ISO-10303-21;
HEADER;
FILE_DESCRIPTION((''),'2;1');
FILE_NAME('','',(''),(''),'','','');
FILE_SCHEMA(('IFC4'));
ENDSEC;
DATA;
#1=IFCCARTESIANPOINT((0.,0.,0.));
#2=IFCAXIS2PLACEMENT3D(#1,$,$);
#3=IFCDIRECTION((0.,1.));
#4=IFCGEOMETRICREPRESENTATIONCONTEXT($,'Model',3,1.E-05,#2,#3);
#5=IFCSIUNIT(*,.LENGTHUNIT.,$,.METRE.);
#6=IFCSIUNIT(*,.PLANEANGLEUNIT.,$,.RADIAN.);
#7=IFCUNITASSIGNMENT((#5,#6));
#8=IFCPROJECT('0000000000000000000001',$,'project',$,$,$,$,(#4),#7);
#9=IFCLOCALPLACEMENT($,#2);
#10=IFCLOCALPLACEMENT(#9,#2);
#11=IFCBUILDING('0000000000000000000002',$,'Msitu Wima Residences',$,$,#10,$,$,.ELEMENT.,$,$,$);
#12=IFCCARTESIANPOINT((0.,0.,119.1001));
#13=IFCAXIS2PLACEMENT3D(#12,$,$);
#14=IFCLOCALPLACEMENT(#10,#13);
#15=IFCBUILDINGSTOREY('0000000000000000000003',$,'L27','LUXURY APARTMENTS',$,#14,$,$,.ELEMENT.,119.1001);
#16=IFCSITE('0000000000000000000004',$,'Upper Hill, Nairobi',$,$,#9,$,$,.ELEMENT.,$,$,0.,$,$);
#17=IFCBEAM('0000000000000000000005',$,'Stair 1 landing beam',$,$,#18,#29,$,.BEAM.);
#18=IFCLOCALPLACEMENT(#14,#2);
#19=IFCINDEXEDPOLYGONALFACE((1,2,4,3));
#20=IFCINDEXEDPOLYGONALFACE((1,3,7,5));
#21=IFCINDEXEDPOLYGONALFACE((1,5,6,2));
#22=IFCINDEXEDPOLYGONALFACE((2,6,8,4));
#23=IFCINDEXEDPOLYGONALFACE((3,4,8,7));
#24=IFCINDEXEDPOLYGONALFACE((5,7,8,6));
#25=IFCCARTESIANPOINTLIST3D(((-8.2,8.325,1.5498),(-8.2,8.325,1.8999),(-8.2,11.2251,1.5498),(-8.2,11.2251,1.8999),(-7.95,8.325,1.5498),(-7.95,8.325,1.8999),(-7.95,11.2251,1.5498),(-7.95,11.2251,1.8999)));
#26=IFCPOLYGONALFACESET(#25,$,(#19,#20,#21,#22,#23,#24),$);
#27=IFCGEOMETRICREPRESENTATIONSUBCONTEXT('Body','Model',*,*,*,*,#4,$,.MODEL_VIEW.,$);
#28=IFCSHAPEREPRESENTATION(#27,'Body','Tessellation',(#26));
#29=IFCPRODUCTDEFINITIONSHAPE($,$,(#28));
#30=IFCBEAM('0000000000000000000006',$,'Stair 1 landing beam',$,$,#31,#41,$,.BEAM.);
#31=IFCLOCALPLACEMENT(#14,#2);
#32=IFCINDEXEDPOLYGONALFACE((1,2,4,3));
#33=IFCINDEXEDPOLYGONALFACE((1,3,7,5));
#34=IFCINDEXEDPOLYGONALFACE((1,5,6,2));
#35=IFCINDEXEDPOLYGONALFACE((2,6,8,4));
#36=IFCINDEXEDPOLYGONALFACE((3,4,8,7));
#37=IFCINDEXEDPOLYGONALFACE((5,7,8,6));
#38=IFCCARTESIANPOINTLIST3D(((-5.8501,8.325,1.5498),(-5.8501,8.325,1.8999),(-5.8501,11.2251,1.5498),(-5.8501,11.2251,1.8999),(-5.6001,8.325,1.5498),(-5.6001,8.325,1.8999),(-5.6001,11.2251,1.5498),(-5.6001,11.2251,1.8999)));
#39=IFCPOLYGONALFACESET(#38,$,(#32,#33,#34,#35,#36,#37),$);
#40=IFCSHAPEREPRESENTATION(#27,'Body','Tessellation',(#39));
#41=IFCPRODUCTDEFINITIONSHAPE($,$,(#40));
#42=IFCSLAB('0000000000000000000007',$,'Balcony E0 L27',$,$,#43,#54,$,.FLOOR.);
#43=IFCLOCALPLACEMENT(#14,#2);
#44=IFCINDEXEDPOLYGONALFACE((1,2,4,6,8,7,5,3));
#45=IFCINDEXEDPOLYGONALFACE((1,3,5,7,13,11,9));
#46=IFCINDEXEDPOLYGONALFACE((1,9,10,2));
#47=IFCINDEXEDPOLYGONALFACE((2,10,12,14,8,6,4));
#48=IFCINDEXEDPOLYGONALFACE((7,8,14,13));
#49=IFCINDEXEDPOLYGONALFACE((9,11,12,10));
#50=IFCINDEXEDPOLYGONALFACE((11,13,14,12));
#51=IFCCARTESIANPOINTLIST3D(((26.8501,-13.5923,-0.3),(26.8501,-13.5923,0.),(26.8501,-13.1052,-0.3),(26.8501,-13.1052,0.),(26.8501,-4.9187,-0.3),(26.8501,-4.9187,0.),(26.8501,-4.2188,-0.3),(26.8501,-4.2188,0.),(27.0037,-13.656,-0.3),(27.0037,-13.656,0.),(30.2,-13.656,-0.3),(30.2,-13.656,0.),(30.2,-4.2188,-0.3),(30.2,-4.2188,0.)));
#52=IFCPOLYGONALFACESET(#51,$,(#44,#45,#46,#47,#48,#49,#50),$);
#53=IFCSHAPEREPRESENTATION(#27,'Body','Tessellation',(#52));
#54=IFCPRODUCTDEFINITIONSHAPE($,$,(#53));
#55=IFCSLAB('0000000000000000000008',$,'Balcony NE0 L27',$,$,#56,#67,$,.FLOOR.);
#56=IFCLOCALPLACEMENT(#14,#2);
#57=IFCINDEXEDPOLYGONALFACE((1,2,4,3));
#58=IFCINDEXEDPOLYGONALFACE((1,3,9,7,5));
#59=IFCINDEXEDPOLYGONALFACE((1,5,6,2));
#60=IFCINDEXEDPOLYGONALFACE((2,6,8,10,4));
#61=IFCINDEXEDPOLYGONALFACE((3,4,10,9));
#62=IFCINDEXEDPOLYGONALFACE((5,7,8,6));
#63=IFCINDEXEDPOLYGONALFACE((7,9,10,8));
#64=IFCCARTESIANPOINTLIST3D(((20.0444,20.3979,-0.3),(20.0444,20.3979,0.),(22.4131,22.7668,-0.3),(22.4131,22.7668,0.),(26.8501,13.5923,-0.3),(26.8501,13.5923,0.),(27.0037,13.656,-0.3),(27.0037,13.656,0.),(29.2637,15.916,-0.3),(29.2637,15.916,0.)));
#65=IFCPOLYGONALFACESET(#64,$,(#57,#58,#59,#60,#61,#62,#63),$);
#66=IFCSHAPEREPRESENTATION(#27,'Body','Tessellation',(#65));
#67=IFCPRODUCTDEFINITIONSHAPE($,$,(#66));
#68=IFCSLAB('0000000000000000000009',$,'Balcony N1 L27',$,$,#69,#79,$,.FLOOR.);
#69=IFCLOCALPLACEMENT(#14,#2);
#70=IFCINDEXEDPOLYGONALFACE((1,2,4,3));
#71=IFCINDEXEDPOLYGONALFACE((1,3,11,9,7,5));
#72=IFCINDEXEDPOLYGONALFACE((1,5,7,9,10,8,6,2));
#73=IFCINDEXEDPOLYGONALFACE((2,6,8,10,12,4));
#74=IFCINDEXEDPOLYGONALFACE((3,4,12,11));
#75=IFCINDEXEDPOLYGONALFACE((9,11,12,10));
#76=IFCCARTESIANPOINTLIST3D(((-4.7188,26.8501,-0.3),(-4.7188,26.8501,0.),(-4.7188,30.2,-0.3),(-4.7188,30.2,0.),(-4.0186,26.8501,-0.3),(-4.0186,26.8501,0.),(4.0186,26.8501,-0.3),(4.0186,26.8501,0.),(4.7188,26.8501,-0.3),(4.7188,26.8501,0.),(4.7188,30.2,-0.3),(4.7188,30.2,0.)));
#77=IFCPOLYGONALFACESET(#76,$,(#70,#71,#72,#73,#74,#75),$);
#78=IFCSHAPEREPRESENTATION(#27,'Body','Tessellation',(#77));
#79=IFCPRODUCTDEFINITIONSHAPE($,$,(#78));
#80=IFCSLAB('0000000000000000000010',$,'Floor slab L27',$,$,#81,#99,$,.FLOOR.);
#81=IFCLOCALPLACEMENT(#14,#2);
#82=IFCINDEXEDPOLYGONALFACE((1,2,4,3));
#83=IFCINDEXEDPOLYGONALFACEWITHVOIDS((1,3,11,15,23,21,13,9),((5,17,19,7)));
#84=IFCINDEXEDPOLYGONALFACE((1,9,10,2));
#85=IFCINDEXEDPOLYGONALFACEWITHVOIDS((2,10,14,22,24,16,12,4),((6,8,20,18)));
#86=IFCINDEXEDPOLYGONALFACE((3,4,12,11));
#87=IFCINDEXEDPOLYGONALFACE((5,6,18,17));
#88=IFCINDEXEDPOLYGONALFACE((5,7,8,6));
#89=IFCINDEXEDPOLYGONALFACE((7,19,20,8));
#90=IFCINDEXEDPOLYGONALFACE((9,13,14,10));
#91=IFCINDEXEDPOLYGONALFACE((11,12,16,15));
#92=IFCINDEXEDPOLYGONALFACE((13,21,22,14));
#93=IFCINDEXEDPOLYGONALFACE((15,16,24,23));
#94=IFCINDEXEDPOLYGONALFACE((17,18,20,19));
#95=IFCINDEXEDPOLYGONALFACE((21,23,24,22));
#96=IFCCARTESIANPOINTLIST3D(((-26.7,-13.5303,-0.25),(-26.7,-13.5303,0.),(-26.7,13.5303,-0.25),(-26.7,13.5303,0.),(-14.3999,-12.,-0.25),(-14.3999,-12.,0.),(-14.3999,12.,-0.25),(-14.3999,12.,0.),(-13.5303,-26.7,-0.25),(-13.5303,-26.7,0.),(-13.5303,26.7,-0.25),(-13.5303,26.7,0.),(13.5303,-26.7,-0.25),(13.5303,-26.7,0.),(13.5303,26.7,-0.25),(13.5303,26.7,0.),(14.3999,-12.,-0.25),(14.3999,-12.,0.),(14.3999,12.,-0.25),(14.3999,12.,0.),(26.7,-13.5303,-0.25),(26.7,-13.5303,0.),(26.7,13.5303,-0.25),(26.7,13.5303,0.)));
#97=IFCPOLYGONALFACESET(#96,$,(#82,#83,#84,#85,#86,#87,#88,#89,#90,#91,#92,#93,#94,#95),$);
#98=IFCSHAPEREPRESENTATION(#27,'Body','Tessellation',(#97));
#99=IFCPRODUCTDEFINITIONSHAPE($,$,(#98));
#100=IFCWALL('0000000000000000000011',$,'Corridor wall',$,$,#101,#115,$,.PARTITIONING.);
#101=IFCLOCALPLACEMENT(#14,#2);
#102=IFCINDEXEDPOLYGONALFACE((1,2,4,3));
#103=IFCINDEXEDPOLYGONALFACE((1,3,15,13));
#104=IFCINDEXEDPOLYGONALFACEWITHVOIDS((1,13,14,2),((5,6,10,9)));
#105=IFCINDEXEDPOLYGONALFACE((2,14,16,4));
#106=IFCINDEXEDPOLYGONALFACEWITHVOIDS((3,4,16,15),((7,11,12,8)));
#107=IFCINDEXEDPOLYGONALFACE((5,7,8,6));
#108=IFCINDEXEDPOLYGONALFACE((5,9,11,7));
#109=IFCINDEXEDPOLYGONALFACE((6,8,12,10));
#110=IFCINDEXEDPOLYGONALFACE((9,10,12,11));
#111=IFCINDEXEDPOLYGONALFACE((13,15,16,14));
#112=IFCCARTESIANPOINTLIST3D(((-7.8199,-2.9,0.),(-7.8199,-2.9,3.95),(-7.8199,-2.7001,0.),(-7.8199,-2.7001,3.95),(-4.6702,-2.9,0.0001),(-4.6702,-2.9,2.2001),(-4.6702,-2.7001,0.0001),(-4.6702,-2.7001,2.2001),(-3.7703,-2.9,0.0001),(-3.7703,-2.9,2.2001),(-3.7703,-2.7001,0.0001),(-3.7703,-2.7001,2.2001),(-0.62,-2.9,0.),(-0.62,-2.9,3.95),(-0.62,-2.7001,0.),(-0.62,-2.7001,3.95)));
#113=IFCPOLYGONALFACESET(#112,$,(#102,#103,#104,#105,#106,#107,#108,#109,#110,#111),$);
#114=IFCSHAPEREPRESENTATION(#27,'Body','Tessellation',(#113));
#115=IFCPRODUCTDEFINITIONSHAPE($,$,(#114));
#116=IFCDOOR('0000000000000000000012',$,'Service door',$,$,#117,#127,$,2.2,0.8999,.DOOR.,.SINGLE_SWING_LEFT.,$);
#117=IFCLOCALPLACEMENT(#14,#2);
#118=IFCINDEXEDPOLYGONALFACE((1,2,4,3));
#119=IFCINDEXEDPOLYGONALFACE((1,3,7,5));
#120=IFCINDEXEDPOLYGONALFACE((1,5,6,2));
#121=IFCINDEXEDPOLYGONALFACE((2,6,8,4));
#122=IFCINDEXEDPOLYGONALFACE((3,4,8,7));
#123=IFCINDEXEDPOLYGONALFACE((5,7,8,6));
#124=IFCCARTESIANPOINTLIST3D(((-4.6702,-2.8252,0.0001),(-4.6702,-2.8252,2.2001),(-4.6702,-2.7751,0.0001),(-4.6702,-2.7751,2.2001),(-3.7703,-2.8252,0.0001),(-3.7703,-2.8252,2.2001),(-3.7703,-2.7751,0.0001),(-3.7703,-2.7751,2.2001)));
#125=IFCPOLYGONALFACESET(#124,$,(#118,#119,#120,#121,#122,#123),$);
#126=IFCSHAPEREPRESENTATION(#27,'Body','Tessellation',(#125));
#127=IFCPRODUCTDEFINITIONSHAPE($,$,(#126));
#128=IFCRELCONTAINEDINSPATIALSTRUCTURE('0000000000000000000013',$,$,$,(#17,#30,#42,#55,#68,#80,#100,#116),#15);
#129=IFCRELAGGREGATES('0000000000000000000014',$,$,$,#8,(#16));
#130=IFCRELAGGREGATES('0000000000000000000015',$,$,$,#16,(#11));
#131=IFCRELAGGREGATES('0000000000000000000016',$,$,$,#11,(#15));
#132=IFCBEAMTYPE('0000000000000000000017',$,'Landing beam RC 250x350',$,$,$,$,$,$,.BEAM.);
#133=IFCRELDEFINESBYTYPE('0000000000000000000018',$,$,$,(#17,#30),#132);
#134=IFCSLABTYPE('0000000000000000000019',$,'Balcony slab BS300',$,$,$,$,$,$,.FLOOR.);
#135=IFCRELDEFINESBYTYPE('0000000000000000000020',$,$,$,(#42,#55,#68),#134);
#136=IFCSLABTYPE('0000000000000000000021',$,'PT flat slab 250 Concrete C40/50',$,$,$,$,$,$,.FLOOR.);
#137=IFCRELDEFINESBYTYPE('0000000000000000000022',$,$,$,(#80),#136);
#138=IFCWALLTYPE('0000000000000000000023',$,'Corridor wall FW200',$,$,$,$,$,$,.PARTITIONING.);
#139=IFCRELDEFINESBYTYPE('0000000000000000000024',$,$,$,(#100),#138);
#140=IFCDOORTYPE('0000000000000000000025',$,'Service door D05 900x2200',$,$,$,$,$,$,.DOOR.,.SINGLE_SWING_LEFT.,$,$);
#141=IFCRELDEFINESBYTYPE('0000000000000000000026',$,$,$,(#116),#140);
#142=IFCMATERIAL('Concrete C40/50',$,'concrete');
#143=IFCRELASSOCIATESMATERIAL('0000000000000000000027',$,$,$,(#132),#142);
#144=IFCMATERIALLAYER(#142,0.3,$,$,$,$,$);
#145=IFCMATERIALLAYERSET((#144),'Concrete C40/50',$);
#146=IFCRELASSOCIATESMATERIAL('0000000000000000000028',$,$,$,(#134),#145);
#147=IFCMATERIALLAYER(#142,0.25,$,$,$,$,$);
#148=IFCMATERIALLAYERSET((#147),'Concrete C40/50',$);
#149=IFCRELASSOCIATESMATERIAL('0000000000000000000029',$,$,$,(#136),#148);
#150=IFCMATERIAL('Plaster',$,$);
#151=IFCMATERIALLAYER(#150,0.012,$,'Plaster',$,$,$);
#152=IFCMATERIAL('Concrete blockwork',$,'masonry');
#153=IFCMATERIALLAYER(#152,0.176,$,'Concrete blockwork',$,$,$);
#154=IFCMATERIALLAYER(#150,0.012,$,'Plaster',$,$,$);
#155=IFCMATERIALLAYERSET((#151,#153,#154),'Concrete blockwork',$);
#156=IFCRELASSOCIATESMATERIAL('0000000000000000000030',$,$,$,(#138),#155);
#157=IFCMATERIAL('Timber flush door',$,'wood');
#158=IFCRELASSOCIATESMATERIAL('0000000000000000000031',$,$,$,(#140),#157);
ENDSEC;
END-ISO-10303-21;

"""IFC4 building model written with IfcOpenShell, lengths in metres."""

from ifc_helpers import new_model, si_unit, direction, frame, frame_2d, origin, origin_2d, place, context, subcontext, project, spatial, polyline, rectangle, outline, extrude, material, layer, layer_set, material_profile, profile_set, type_object, element, fill, save


model = new_model("IFC4")

# Units and contexts
model_context = context("Model", 3, precision=1e-05, world=origin(), true_north=direction((0.0, 1.0)))
body_context = subcontext(model_context, "Body", "Model", "MODEL_VIEW")
ifc_project = project(units=[si_unit("LENGTHUNIT", "METRE"), si_unit("PLANEANGLEUNIT", "RADIAN")], contexts=[model_context])

# Site, building, storey
site_placement = place(None, origin())
site = spatial("IfcSite", under=ifc_project, at=site_placement, Name="Upper Hill, Nairobi", CompositionType="ELEMENT", RefElevation=0.0)
building_placement = place(site_placement, origin())
building = spatial("IfcBuilding", under=site, at=building_placement, Name="Msitu Wima Residences", CompositionType="ELEMENT")
storey_placement = place(building_placement, frame((0.0, 0.0, 119.1001)))
storey = spatial("IfcBuildingStorey", under=building, at=storey_placement, Name="L27", Description="LUXURY APARTMENTS", CompositionType="ELEMENT", Elevation=119.1001)

# Beams
ifc_material_1 = material(Name="Concrete C40/50", Category="concrete")
ifc_material_profile = material_profile(ifc_material_1, rectangle(XDim=0.25, YDim=0.3501, at=origin_2d()), Name="RC 250x350")
ifc_profile_set = profile_set([ifc_material_profile], Name="Concrete C40/50")
beam_type = type_object("IfcBeamType", Name="Landing beam RC 250x350", PredefinedType="BEAM", material=ifc_profile_set)
for number, where, z_axis, x_axis, name in (
    (1, (-8.075, 8.325, 1.7249), (0.0, 1.0, 0.0), (-1.0, 0.0, 0.0), "Stair 1 landing beam"),
    (2, (-5.7251, 8.325, 1.7249), (0.0, 1.0, 0.0), (-1.0, 0.0, 0.0), "Stair 1 landing beam"),
):
    element("IfcBeam", number, at=place(storey_placement, frame(where, z_axis=z_axis, x_axis=x_axis)), inside=storey, type_object=beam_type, Name=name, PredefinedType="BEAM", context=body_context, shape_type="SweptSolid", body=[
        extrude(rectangle(XDim=0.25, YDim=0.3501, at=origin_2d()), origin(), (0.0, 0.0, 1.0), 2.9001),
    ])

# Slabs
ifc_layer_1 = layer(ifc_material_1, 0.3)
ifc_layer_set_1 = layer_set([ifc_layer_1], Name="Concrete C40/50")
slab_type_1 = type_object("IfcSlabType", Name="Balcony slab BS300", PredefinedType="FLOOR", material=ifc_layer_set_1)
slab_1_placement = place(storey_placement, frame((0.0, 0.0, -0.3)))
element("IfcSlab", 3, at=slab_1_placement, inside=storey, type_object=slab_type_1, Name="Balcony E0 L27", PredefinedType="FLOOR", context=body_context, shape_type="SweptSolid", body=[
    extrude(outline(polyline([(26.8501, -13.1052), (26.8501, -13.1052), (26.8501, -4.9187), (26.8501, -4.9187), (26.8501, -4.2188), (30.2, -4.2188), (30.2, -13.656), (27.0037, -13.656), (26.8501, -13.5923), (26.8501, -13.1052), (26.8501, -13.1052)])), origin(), (0.0, 0.0, 1.0), 0.3),
])
slab_2_placement = place(storey_placement, frame((0.0, 0.0, -0.3)))
element("IfcSlab", 4, at=slab_2_placement, inside=storey, type_object=slab_type_1, Name="Balcony NE0 L27", PredefinedType="FLOOR", context=body_context, shape_type="SweptSolid", body=[
    extrude(outline(polyline([(22.4131, 22.7668), (29.2637, 15.916), (27.0037, 13.656), (26.8501, 13.5923), (20.0444, 20.3979), (22.4131, 22.7668)])), origin(), (0.0, 0.0, 1.0), 0.3),
])
slab_3_placement = place(storey_placement, frame((0.0, 0.0, -0.3)))
element("IfcSlab", 5, at=slab_3_placement, inside=storey, type_object=slab_type_1, Name="Balcony N1 L27", PredefinedType="FLOOR", context=body_context, shape_type="SweptSolid", body=[
    extrude(outline(polyline([(-4.0186, 26.8501), (-4.0186, 26.8501), (-4.7188, 26.8501), (-4.7188, 30.2), (4.7188, 30.2), (4.7188, 26.8501), (4.0186, 26.8501), (4.0186, 26.8501), (-4.0186, 26.8501)])), origin(), (0.0, 0.0, 1.0), 0.3),
])
ifc_layer_2 = layer(ifc_material_1, 0.25)
ifc_layer_set_2 = layer_set([ifc_layer_2], Name="Concrete C40/50")
slab_type_2 = type_object("IfcSlabType", Name="PT flat slab 250 Concrete C40/50", PredefinedType="FLOOR", material=ifc_layer_set_2)
slab_4_placement = place(storey_placement, frame((0.0, 0.0, -0.25)))
element("IfcSlab", 6, at=slab_4_placement, inside=storey, type_object=slab_type_2, Name="Floor slab L27", PredefinedType="FLOOR", context=body_context, shape_type="SweptSolid", body=[
    extrude(outline(polyline([(26.7, -13.5303), (13.5303, -26.7), (-13.5303, -26.7), (-26.7, -13.5303), (-26.7, 13.5303), (-13.5303, 26.7), (13.5303, 26.7), (26.7, 13.5303), (26.7, -13.5303)]), holes=[polyline([(-14.3999, -12.0), (14.3999, -12.0), (14.3999, 12.0), (-14.3999, 12.0), (-14.3999, -12.0)])]), origin(), (0.0, 0.0, 1.0), 0.25),
])

# Wall, opening, door
ifc_material_2 = material(Name="Plaster")
ifc_layer_3 = layer(ifc_material_2, 0.012, Name="Plaster")
ifc_material_3 = material(Name="Concrete blockwork", Category="masonry")
ifc_layer_4 = layer(ifc_material_3, 0.176, Name="Concrete blockwork")
ifc_layer_5 = layer(ifc_material_2, 0.012, Name="Plaster")
ifc_layer_set_3 = layer_set([ifc_layer_3, ifc_layer_4, ifc_layer_5], Name="Concrete blockwork")
wall_type_1 = type_object("IfcWallType", Name="Corridor wall FW200", PredefinedType="PARTITIONING", material=ifc_layer_set_3)
wall_1_placement = place(storey_placement, frame((-7.8201, -2.8, 0.0), z_axis=(0.0, 0.0, 1.0), x_axis=(1.0, 0.0, 0.0)))
wall_1 = element("IfcWall", 7, at=wall_1_placement, inside=storey, type_object=wall_type_1, Name="Corridor wall", PredefinedType="PARTITIONING", context=body_context, shape_type="SweptSolid", body=[
    extrude(rectangle(XDim=7.2, YDim=0.2, at=frame_2d((3.6001, 0.0))), origin(), (0.0, 0.0, 1.0), 3.95),
])
opening_1_placement = place(wall_1_placement, frame((3.1499, 0.0, 0.0)))
opening_1 = element("IfcOpeningElement", 8, at=opening_1_placement, cuts=wall_1, PredefinedType="OPENING", context=body_context, shape_type="SweptSolid", body=[
    extrude(rectangle(XDim=0.8999, YDim=2.2, at=frame_2d((0.45, 1.1001))), frame((0.0, 0.1099, 0.0), z_axis=(0.0, -1.0, 0.0), x_axis=(1.0, 0.0, 0.0)), (0.0, 0.0, 1.0), 0.22),
])
ifc_material_4 = material(Name="Timber flush door", Category="wood")
door_type_1 = type_object("IfcDoorType", Name="Service door D05 900x2200", OperationType="SINGLE_SWING_LEFT", PredefinedType="DOOR", material=ifc_material_4)
door_1_placement = place(opening_1_placement, origin())
door_1 = element("IfcDoor", 9, at=door_1_placement, inside=storey, type_object=door_type_1, Name="Service door", OperationType="SINGLE_SWING_LEFT", OverallHeight=2.2, OverallWidth=0.8999, PredefinedType="DOOR", context=body_context, shape_type="SweptSolid", body=[
    extrude(rectangle(XDim=0.8999, YDim=2.2, at=frame_2d((0.45, 1.1001))), frame((0.0, 0.0249, 0.0), z_axis=(0.0, -1.0, 0.0), x_axis=(1.0, 0.0, 0.0)), (0.0, 0.0, 1.0), 0.05),
])
fill(opening_1, door_1)

save(model, "model.ifc")
